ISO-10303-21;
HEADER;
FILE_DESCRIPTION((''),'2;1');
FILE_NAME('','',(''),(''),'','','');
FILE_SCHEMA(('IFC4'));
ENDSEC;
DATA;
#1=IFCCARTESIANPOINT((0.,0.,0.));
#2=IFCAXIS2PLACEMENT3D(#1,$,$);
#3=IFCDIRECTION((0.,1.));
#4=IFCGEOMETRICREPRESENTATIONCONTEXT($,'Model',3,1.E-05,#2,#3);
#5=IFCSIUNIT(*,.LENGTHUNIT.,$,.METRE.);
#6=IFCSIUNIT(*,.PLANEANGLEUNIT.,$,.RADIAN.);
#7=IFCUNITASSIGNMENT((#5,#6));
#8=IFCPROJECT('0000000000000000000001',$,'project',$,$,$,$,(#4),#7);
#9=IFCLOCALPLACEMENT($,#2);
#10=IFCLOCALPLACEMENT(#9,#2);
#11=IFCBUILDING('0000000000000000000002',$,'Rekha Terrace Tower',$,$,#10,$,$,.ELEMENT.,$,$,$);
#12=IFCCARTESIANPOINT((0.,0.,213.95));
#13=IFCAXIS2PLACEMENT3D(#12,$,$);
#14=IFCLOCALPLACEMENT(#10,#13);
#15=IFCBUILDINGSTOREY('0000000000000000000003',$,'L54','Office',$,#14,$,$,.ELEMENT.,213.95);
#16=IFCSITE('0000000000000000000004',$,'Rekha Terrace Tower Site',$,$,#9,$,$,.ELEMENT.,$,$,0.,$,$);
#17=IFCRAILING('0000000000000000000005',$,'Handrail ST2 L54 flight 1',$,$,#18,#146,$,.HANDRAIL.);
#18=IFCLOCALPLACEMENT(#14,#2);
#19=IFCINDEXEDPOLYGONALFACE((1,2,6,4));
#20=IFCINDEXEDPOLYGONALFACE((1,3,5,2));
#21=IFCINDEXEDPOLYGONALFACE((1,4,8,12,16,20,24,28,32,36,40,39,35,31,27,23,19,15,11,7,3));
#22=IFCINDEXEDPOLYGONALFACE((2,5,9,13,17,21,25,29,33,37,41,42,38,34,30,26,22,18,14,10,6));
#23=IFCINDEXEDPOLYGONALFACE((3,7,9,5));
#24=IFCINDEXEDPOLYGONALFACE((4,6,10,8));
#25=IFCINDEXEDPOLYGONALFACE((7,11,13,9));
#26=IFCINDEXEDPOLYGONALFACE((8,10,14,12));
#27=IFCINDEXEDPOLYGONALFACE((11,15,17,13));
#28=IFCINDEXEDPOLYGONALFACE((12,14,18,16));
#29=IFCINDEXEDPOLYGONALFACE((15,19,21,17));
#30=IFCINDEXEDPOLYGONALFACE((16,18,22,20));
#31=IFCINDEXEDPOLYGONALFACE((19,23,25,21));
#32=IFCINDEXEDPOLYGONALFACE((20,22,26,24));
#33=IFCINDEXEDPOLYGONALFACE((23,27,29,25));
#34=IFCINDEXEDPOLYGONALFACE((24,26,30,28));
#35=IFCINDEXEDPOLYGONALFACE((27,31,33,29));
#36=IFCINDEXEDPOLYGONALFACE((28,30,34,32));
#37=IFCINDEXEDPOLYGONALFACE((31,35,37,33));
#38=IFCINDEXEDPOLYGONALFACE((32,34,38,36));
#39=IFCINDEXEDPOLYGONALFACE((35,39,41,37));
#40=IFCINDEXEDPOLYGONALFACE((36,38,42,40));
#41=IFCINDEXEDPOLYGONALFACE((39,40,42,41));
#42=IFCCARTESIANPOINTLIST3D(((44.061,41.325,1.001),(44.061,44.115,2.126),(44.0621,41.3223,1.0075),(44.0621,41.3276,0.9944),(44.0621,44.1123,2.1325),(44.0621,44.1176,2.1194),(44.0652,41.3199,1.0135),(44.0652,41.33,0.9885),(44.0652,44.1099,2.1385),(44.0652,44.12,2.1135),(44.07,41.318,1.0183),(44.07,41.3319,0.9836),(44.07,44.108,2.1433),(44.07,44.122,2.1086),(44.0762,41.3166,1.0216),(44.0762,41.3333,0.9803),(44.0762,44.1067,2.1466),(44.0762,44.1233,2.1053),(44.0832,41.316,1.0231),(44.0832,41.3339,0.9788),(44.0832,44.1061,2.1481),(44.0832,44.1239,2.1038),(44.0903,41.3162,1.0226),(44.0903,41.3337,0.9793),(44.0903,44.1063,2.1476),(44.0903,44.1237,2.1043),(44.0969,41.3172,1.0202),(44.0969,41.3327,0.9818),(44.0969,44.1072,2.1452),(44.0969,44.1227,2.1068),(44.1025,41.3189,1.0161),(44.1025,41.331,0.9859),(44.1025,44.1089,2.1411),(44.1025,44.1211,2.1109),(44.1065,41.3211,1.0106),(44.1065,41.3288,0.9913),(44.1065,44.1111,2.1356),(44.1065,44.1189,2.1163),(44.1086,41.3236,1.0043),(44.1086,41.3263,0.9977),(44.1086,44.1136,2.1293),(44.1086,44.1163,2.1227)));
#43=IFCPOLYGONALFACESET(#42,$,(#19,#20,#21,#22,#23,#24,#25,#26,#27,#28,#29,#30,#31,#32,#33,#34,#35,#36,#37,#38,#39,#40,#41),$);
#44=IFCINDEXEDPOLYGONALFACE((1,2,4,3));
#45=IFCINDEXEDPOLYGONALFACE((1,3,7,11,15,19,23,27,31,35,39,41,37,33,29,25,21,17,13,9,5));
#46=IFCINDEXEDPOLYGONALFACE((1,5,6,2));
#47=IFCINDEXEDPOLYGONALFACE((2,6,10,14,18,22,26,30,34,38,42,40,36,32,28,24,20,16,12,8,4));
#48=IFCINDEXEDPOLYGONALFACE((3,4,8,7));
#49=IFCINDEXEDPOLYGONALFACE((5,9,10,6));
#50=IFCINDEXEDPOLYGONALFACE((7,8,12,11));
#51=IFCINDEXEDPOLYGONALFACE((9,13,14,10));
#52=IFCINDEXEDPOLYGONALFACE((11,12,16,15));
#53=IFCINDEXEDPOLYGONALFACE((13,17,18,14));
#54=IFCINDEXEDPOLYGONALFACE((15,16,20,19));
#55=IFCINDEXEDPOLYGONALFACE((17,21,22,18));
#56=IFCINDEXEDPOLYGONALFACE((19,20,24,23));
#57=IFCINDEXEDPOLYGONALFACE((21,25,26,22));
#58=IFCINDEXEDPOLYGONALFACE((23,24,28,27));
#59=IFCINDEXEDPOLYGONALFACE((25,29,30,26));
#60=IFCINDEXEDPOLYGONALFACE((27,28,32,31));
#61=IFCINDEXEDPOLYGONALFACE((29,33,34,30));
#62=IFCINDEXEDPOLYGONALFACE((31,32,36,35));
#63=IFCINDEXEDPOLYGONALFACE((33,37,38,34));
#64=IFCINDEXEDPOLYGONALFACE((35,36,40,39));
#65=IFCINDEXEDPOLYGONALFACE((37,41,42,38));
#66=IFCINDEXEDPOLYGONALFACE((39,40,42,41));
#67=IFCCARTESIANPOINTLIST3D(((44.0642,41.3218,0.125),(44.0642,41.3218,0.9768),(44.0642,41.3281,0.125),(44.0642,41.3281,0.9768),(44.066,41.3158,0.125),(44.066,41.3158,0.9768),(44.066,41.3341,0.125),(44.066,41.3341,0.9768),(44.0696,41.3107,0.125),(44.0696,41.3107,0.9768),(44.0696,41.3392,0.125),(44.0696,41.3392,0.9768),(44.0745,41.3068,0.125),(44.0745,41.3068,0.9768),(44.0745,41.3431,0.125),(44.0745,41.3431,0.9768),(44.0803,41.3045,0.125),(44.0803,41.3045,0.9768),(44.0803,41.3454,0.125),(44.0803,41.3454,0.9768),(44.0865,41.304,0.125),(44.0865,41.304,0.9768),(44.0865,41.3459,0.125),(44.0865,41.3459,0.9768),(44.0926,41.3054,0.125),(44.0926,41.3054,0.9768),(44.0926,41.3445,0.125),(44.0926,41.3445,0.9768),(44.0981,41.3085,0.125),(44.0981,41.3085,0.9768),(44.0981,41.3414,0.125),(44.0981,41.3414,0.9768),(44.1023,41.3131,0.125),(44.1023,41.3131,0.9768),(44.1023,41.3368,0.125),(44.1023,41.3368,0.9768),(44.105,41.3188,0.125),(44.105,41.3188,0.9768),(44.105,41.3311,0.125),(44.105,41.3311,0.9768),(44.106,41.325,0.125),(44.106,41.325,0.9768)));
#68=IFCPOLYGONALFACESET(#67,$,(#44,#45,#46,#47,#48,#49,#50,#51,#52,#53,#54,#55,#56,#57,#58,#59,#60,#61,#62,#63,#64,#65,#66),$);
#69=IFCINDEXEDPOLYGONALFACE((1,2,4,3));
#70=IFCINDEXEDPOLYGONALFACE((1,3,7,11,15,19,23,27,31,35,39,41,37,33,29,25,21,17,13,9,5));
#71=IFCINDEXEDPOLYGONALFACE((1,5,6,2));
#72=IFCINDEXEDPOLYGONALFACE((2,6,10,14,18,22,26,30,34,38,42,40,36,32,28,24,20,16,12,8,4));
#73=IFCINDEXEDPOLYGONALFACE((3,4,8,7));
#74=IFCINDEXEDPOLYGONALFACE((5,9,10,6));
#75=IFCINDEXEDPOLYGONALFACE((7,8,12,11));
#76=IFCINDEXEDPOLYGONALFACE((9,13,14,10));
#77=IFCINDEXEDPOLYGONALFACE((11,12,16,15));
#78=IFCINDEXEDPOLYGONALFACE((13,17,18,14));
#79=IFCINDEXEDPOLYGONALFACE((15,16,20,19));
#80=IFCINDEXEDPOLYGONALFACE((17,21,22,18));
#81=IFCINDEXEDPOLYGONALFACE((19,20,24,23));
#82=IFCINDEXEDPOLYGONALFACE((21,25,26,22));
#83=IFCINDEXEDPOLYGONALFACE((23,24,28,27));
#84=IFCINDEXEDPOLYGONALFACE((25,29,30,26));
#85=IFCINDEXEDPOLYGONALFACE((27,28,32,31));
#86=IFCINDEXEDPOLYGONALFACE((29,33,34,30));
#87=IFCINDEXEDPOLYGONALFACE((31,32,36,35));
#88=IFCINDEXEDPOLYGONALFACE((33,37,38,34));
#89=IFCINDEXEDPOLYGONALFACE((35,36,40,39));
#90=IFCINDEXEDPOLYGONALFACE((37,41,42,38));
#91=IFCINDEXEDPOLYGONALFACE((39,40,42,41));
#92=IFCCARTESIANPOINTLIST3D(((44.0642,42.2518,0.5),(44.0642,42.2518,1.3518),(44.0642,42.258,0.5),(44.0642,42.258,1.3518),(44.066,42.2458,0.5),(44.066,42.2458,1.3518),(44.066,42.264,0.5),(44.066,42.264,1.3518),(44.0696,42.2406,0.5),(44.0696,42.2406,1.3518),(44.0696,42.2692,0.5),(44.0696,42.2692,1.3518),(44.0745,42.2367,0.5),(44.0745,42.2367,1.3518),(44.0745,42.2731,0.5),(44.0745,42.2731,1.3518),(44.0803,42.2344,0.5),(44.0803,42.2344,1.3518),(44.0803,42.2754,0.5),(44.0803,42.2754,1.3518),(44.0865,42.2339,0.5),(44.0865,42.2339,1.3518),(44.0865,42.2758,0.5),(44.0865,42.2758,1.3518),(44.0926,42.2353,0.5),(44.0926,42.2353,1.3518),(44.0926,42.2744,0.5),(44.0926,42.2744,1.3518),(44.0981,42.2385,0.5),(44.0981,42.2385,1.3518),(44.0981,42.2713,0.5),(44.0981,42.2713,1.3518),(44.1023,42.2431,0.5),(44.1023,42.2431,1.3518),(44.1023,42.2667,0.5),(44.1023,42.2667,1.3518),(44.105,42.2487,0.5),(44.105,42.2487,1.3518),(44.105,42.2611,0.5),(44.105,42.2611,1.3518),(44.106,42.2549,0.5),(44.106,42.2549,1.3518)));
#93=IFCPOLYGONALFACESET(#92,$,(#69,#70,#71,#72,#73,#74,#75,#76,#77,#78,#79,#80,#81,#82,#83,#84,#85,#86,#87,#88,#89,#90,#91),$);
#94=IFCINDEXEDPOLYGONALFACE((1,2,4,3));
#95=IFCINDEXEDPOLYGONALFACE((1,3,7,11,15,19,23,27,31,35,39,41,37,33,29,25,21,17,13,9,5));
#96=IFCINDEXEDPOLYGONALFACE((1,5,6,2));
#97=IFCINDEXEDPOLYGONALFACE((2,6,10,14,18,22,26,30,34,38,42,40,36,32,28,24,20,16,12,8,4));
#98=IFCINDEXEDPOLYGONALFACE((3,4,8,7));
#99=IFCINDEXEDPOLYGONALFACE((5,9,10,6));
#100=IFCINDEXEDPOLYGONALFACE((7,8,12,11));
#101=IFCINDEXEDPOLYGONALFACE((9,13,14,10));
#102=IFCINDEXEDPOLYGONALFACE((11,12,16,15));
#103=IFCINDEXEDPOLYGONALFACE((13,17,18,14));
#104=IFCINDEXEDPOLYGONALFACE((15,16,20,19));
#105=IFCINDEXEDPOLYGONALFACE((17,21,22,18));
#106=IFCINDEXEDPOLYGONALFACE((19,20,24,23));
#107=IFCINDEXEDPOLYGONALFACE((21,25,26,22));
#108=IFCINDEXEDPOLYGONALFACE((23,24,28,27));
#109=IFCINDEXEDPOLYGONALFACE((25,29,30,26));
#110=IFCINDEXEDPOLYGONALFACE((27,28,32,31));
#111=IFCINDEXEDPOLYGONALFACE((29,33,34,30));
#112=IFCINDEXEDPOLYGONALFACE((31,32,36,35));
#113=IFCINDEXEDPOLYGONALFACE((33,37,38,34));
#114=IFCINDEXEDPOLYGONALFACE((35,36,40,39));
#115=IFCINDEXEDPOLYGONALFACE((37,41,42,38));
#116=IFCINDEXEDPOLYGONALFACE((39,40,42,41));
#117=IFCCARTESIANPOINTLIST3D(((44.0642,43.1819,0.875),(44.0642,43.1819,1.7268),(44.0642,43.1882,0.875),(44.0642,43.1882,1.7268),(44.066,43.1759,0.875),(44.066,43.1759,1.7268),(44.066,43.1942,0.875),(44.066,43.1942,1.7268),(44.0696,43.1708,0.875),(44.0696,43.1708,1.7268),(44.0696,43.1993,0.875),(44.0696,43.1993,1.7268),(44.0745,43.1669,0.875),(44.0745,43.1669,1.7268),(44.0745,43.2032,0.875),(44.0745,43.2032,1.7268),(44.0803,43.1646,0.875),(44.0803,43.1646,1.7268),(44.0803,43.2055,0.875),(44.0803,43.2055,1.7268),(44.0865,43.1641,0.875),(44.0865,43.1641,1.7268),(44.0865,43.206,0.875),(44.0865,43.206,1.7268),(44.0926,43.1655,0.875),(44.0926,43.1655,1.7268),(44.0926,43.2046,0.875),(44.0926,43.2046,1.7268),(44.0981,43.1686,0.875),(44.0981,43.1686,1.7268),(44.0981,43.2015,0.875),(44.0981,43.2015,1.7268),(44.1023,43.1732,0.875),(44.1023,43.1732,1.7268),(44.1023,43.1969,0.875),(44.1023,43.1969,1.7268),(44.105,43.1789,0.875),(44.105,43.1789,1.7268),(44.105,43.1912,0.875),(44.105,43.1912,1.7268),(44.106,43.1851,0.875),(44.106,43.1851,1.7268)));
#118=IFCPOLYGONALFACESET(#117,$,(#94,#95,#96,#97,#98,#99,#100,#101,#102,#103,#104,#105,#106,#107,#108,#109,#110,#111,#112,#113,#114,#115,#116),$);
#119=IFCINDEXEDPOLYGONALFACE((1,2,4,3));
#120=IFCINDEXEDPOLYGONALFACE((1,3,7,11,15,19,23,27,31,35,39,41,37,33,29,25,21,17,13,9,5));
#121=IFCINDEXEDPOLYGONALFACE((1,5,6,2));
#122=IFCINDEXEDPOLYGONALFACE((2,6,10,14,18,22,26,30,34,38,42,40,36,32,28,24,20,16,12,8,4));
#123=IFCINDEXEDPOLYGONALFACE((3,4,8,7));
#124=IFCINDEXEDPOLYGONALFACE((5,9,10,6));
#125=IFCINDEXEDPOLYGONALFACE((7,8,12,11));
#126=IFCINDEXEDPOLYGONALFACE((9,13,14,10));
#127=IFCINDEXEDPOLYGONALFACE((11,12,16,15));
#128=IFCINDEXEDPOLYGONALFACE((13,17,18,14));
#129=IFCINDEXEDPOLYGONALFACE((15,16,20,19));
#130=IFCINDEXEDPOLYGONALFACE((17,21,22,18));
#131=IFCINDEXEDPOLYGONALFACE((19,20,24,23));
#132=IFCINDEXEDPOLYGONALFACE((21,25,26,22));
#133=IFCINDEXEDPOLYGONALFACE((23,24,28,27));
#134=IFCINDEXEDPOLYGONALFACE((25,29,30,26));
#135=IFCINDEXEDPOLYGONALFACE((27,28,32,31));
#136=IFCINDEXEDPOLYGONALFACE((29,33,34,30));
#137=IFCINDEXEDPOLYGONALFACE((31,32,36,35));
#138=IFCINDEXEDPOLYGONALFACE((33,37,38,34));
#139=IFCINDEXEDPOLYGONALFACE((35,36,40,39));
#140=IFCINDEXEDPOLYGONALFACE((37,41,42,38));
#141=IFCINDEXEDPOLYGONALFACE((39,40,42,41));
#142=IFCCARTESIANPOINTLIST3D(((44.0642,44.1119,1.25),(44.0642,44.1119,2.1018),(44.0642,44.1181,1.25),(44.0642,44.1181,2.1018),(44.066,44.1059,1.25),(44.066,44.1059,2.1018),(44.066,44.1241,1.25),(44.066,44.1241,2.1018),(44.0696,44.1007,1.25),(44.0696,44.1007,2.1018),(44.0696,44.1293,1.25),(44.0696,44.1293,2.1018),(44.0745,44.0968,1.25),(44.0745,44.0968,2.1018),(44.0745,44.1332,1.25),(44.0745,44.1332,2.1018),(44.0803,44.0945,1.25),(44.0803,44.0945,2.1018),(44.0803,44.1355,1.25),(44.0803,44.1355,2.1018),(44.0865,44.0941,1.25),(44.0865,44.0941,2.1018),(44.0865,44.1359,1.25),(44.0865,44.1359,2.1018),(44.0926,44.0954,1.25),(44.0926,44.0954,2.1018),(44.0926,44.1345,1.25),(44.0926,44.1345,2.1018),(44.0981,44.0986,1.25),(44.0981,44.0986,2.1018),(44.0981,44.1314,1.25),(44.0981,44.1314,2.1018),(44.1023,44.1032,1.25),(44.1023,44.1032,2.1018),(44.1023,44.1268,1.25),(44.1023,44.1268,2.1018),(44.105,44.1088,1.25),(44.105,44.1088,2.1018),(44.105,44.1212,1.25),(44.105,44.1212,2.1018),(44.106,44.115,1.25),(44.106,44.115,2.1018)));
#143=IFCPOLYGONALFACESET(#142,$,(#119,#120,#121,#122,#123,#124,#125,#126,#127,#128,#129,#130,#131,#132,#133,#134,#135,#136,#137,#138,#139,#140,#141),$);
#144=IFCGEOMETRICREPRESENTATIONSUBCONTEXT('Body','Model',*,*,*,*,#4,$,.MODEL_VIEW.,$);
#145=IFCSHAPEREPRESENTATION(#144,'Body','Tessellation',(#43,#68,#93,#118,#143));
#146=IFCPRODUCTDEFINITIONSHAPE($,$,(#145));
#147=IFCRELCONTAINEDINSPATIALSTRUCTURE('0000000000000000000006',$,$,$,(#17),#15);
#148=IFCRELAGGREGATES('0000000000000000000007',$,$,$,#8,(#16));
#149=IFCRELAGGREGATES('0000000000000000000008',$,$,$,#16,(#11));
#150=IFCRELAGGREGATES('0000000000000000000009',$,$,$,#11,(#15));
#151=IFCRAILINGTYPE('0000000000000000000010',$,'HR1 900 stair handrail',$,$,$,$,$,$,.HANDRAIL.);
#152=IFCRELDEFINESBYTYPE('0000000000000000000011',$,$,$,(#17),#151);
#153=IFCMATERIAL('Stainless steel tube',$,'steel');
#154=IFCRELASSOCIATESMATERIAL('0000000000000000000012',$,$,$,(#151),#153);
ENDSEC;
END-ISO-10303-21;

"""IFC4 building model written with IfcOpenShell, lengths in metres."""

from ifc_helpers import new_model, si_unit, direction, frame, origin, origin_2d, place, context, subcontext, project, spatial, circle, extrude, material, type_object, element, save


model = new_model("IFC4")

# Units and contexts
model_context = context("Model", 3, precision=1e-05, world=origin(), true_north=direction((0.0, 1.0)))
body_context = subcontext(model_context, "Body", "Model", "MODEL_VIEW")
ifc_project = project(units=[si_unit("LENGTHUNIT", "METRE"), si_unit("PLANEANGLEUNIT", "RADIAN")], contexts=[model_context])

# Site, building, storey
site_placement = place(None, origin())
site = spatial("IfcSite", under=ifc_project, at=site_placement, Name="Rekha Terrace Tower Site", CompositionType="ELEMENT", RefElevation=0.0)
building_placement = place(site_placement, origin())
building = spatial("IfcBuilding", under=site, at=building_placement, Name="Rekha Terrace Tower", CompositionType="ELEMENT")
storey_placement = place(building_placement, frame((0.0, 0.0, 213.95)))
storey = spatial("IfcBuildingStorey", under=building, at=storey_placement, Name="L54", Description="Office", CompositionType="ELEMENT", Elevation=213.95)

# Railing
ifc_material_1 = material(Name="Stainless steel tube", Category="steel")
railing_type_1 = type_object("IfcRailingType", Name="HR1 900 stair handrail", PredefinedType="HANDRAIL", material=ifc_material_1)
railing_1_placement = place(storey_placement, frame((44.085, 41.325, 0.125)))
element("IfcRailing", 1, at=railing_1_placement, inside=storey, type_object=railing_type_1, Name="Handrail ST2 L54 flight 1", PredefinedType="HANDRAIL", context=body_context, shape_type="SweptSolid", body=[
    extrude(circle(Radius=0.0239, at=origin_2d()), frame((0.0, 0.0, 0.876), z_axis=(0.0, 0.927443, 0.373964), x_axis=(-1.0, 0.0, 0.0)), (0.0, 0.0, 1.0), 3.0083),
    extrude(circle(Radius=0.021, at=origin_2d()), origin(), (0.0, 0.0, 1.0), 0.8518),
    extrude(circle(Radius=0.021, at=origin_2d()), frame((0.0, 0.9299, 0.375)), (0.0, 0.0, 1.0), 0.8518),
    extrude(circle(Radius=0.021, at=origin_2d()), frame((0.0, 1.8601, 0.75)), (0.0, 0.0, 1.0), 0.8518),
    extrude(circle(Radius=0.021, at=origin_2d()), frame((0.0, 2.79, 1.125)), (0.0, 0.0, 1.0), 0.8518),
])

save(model, "model.ifc")
